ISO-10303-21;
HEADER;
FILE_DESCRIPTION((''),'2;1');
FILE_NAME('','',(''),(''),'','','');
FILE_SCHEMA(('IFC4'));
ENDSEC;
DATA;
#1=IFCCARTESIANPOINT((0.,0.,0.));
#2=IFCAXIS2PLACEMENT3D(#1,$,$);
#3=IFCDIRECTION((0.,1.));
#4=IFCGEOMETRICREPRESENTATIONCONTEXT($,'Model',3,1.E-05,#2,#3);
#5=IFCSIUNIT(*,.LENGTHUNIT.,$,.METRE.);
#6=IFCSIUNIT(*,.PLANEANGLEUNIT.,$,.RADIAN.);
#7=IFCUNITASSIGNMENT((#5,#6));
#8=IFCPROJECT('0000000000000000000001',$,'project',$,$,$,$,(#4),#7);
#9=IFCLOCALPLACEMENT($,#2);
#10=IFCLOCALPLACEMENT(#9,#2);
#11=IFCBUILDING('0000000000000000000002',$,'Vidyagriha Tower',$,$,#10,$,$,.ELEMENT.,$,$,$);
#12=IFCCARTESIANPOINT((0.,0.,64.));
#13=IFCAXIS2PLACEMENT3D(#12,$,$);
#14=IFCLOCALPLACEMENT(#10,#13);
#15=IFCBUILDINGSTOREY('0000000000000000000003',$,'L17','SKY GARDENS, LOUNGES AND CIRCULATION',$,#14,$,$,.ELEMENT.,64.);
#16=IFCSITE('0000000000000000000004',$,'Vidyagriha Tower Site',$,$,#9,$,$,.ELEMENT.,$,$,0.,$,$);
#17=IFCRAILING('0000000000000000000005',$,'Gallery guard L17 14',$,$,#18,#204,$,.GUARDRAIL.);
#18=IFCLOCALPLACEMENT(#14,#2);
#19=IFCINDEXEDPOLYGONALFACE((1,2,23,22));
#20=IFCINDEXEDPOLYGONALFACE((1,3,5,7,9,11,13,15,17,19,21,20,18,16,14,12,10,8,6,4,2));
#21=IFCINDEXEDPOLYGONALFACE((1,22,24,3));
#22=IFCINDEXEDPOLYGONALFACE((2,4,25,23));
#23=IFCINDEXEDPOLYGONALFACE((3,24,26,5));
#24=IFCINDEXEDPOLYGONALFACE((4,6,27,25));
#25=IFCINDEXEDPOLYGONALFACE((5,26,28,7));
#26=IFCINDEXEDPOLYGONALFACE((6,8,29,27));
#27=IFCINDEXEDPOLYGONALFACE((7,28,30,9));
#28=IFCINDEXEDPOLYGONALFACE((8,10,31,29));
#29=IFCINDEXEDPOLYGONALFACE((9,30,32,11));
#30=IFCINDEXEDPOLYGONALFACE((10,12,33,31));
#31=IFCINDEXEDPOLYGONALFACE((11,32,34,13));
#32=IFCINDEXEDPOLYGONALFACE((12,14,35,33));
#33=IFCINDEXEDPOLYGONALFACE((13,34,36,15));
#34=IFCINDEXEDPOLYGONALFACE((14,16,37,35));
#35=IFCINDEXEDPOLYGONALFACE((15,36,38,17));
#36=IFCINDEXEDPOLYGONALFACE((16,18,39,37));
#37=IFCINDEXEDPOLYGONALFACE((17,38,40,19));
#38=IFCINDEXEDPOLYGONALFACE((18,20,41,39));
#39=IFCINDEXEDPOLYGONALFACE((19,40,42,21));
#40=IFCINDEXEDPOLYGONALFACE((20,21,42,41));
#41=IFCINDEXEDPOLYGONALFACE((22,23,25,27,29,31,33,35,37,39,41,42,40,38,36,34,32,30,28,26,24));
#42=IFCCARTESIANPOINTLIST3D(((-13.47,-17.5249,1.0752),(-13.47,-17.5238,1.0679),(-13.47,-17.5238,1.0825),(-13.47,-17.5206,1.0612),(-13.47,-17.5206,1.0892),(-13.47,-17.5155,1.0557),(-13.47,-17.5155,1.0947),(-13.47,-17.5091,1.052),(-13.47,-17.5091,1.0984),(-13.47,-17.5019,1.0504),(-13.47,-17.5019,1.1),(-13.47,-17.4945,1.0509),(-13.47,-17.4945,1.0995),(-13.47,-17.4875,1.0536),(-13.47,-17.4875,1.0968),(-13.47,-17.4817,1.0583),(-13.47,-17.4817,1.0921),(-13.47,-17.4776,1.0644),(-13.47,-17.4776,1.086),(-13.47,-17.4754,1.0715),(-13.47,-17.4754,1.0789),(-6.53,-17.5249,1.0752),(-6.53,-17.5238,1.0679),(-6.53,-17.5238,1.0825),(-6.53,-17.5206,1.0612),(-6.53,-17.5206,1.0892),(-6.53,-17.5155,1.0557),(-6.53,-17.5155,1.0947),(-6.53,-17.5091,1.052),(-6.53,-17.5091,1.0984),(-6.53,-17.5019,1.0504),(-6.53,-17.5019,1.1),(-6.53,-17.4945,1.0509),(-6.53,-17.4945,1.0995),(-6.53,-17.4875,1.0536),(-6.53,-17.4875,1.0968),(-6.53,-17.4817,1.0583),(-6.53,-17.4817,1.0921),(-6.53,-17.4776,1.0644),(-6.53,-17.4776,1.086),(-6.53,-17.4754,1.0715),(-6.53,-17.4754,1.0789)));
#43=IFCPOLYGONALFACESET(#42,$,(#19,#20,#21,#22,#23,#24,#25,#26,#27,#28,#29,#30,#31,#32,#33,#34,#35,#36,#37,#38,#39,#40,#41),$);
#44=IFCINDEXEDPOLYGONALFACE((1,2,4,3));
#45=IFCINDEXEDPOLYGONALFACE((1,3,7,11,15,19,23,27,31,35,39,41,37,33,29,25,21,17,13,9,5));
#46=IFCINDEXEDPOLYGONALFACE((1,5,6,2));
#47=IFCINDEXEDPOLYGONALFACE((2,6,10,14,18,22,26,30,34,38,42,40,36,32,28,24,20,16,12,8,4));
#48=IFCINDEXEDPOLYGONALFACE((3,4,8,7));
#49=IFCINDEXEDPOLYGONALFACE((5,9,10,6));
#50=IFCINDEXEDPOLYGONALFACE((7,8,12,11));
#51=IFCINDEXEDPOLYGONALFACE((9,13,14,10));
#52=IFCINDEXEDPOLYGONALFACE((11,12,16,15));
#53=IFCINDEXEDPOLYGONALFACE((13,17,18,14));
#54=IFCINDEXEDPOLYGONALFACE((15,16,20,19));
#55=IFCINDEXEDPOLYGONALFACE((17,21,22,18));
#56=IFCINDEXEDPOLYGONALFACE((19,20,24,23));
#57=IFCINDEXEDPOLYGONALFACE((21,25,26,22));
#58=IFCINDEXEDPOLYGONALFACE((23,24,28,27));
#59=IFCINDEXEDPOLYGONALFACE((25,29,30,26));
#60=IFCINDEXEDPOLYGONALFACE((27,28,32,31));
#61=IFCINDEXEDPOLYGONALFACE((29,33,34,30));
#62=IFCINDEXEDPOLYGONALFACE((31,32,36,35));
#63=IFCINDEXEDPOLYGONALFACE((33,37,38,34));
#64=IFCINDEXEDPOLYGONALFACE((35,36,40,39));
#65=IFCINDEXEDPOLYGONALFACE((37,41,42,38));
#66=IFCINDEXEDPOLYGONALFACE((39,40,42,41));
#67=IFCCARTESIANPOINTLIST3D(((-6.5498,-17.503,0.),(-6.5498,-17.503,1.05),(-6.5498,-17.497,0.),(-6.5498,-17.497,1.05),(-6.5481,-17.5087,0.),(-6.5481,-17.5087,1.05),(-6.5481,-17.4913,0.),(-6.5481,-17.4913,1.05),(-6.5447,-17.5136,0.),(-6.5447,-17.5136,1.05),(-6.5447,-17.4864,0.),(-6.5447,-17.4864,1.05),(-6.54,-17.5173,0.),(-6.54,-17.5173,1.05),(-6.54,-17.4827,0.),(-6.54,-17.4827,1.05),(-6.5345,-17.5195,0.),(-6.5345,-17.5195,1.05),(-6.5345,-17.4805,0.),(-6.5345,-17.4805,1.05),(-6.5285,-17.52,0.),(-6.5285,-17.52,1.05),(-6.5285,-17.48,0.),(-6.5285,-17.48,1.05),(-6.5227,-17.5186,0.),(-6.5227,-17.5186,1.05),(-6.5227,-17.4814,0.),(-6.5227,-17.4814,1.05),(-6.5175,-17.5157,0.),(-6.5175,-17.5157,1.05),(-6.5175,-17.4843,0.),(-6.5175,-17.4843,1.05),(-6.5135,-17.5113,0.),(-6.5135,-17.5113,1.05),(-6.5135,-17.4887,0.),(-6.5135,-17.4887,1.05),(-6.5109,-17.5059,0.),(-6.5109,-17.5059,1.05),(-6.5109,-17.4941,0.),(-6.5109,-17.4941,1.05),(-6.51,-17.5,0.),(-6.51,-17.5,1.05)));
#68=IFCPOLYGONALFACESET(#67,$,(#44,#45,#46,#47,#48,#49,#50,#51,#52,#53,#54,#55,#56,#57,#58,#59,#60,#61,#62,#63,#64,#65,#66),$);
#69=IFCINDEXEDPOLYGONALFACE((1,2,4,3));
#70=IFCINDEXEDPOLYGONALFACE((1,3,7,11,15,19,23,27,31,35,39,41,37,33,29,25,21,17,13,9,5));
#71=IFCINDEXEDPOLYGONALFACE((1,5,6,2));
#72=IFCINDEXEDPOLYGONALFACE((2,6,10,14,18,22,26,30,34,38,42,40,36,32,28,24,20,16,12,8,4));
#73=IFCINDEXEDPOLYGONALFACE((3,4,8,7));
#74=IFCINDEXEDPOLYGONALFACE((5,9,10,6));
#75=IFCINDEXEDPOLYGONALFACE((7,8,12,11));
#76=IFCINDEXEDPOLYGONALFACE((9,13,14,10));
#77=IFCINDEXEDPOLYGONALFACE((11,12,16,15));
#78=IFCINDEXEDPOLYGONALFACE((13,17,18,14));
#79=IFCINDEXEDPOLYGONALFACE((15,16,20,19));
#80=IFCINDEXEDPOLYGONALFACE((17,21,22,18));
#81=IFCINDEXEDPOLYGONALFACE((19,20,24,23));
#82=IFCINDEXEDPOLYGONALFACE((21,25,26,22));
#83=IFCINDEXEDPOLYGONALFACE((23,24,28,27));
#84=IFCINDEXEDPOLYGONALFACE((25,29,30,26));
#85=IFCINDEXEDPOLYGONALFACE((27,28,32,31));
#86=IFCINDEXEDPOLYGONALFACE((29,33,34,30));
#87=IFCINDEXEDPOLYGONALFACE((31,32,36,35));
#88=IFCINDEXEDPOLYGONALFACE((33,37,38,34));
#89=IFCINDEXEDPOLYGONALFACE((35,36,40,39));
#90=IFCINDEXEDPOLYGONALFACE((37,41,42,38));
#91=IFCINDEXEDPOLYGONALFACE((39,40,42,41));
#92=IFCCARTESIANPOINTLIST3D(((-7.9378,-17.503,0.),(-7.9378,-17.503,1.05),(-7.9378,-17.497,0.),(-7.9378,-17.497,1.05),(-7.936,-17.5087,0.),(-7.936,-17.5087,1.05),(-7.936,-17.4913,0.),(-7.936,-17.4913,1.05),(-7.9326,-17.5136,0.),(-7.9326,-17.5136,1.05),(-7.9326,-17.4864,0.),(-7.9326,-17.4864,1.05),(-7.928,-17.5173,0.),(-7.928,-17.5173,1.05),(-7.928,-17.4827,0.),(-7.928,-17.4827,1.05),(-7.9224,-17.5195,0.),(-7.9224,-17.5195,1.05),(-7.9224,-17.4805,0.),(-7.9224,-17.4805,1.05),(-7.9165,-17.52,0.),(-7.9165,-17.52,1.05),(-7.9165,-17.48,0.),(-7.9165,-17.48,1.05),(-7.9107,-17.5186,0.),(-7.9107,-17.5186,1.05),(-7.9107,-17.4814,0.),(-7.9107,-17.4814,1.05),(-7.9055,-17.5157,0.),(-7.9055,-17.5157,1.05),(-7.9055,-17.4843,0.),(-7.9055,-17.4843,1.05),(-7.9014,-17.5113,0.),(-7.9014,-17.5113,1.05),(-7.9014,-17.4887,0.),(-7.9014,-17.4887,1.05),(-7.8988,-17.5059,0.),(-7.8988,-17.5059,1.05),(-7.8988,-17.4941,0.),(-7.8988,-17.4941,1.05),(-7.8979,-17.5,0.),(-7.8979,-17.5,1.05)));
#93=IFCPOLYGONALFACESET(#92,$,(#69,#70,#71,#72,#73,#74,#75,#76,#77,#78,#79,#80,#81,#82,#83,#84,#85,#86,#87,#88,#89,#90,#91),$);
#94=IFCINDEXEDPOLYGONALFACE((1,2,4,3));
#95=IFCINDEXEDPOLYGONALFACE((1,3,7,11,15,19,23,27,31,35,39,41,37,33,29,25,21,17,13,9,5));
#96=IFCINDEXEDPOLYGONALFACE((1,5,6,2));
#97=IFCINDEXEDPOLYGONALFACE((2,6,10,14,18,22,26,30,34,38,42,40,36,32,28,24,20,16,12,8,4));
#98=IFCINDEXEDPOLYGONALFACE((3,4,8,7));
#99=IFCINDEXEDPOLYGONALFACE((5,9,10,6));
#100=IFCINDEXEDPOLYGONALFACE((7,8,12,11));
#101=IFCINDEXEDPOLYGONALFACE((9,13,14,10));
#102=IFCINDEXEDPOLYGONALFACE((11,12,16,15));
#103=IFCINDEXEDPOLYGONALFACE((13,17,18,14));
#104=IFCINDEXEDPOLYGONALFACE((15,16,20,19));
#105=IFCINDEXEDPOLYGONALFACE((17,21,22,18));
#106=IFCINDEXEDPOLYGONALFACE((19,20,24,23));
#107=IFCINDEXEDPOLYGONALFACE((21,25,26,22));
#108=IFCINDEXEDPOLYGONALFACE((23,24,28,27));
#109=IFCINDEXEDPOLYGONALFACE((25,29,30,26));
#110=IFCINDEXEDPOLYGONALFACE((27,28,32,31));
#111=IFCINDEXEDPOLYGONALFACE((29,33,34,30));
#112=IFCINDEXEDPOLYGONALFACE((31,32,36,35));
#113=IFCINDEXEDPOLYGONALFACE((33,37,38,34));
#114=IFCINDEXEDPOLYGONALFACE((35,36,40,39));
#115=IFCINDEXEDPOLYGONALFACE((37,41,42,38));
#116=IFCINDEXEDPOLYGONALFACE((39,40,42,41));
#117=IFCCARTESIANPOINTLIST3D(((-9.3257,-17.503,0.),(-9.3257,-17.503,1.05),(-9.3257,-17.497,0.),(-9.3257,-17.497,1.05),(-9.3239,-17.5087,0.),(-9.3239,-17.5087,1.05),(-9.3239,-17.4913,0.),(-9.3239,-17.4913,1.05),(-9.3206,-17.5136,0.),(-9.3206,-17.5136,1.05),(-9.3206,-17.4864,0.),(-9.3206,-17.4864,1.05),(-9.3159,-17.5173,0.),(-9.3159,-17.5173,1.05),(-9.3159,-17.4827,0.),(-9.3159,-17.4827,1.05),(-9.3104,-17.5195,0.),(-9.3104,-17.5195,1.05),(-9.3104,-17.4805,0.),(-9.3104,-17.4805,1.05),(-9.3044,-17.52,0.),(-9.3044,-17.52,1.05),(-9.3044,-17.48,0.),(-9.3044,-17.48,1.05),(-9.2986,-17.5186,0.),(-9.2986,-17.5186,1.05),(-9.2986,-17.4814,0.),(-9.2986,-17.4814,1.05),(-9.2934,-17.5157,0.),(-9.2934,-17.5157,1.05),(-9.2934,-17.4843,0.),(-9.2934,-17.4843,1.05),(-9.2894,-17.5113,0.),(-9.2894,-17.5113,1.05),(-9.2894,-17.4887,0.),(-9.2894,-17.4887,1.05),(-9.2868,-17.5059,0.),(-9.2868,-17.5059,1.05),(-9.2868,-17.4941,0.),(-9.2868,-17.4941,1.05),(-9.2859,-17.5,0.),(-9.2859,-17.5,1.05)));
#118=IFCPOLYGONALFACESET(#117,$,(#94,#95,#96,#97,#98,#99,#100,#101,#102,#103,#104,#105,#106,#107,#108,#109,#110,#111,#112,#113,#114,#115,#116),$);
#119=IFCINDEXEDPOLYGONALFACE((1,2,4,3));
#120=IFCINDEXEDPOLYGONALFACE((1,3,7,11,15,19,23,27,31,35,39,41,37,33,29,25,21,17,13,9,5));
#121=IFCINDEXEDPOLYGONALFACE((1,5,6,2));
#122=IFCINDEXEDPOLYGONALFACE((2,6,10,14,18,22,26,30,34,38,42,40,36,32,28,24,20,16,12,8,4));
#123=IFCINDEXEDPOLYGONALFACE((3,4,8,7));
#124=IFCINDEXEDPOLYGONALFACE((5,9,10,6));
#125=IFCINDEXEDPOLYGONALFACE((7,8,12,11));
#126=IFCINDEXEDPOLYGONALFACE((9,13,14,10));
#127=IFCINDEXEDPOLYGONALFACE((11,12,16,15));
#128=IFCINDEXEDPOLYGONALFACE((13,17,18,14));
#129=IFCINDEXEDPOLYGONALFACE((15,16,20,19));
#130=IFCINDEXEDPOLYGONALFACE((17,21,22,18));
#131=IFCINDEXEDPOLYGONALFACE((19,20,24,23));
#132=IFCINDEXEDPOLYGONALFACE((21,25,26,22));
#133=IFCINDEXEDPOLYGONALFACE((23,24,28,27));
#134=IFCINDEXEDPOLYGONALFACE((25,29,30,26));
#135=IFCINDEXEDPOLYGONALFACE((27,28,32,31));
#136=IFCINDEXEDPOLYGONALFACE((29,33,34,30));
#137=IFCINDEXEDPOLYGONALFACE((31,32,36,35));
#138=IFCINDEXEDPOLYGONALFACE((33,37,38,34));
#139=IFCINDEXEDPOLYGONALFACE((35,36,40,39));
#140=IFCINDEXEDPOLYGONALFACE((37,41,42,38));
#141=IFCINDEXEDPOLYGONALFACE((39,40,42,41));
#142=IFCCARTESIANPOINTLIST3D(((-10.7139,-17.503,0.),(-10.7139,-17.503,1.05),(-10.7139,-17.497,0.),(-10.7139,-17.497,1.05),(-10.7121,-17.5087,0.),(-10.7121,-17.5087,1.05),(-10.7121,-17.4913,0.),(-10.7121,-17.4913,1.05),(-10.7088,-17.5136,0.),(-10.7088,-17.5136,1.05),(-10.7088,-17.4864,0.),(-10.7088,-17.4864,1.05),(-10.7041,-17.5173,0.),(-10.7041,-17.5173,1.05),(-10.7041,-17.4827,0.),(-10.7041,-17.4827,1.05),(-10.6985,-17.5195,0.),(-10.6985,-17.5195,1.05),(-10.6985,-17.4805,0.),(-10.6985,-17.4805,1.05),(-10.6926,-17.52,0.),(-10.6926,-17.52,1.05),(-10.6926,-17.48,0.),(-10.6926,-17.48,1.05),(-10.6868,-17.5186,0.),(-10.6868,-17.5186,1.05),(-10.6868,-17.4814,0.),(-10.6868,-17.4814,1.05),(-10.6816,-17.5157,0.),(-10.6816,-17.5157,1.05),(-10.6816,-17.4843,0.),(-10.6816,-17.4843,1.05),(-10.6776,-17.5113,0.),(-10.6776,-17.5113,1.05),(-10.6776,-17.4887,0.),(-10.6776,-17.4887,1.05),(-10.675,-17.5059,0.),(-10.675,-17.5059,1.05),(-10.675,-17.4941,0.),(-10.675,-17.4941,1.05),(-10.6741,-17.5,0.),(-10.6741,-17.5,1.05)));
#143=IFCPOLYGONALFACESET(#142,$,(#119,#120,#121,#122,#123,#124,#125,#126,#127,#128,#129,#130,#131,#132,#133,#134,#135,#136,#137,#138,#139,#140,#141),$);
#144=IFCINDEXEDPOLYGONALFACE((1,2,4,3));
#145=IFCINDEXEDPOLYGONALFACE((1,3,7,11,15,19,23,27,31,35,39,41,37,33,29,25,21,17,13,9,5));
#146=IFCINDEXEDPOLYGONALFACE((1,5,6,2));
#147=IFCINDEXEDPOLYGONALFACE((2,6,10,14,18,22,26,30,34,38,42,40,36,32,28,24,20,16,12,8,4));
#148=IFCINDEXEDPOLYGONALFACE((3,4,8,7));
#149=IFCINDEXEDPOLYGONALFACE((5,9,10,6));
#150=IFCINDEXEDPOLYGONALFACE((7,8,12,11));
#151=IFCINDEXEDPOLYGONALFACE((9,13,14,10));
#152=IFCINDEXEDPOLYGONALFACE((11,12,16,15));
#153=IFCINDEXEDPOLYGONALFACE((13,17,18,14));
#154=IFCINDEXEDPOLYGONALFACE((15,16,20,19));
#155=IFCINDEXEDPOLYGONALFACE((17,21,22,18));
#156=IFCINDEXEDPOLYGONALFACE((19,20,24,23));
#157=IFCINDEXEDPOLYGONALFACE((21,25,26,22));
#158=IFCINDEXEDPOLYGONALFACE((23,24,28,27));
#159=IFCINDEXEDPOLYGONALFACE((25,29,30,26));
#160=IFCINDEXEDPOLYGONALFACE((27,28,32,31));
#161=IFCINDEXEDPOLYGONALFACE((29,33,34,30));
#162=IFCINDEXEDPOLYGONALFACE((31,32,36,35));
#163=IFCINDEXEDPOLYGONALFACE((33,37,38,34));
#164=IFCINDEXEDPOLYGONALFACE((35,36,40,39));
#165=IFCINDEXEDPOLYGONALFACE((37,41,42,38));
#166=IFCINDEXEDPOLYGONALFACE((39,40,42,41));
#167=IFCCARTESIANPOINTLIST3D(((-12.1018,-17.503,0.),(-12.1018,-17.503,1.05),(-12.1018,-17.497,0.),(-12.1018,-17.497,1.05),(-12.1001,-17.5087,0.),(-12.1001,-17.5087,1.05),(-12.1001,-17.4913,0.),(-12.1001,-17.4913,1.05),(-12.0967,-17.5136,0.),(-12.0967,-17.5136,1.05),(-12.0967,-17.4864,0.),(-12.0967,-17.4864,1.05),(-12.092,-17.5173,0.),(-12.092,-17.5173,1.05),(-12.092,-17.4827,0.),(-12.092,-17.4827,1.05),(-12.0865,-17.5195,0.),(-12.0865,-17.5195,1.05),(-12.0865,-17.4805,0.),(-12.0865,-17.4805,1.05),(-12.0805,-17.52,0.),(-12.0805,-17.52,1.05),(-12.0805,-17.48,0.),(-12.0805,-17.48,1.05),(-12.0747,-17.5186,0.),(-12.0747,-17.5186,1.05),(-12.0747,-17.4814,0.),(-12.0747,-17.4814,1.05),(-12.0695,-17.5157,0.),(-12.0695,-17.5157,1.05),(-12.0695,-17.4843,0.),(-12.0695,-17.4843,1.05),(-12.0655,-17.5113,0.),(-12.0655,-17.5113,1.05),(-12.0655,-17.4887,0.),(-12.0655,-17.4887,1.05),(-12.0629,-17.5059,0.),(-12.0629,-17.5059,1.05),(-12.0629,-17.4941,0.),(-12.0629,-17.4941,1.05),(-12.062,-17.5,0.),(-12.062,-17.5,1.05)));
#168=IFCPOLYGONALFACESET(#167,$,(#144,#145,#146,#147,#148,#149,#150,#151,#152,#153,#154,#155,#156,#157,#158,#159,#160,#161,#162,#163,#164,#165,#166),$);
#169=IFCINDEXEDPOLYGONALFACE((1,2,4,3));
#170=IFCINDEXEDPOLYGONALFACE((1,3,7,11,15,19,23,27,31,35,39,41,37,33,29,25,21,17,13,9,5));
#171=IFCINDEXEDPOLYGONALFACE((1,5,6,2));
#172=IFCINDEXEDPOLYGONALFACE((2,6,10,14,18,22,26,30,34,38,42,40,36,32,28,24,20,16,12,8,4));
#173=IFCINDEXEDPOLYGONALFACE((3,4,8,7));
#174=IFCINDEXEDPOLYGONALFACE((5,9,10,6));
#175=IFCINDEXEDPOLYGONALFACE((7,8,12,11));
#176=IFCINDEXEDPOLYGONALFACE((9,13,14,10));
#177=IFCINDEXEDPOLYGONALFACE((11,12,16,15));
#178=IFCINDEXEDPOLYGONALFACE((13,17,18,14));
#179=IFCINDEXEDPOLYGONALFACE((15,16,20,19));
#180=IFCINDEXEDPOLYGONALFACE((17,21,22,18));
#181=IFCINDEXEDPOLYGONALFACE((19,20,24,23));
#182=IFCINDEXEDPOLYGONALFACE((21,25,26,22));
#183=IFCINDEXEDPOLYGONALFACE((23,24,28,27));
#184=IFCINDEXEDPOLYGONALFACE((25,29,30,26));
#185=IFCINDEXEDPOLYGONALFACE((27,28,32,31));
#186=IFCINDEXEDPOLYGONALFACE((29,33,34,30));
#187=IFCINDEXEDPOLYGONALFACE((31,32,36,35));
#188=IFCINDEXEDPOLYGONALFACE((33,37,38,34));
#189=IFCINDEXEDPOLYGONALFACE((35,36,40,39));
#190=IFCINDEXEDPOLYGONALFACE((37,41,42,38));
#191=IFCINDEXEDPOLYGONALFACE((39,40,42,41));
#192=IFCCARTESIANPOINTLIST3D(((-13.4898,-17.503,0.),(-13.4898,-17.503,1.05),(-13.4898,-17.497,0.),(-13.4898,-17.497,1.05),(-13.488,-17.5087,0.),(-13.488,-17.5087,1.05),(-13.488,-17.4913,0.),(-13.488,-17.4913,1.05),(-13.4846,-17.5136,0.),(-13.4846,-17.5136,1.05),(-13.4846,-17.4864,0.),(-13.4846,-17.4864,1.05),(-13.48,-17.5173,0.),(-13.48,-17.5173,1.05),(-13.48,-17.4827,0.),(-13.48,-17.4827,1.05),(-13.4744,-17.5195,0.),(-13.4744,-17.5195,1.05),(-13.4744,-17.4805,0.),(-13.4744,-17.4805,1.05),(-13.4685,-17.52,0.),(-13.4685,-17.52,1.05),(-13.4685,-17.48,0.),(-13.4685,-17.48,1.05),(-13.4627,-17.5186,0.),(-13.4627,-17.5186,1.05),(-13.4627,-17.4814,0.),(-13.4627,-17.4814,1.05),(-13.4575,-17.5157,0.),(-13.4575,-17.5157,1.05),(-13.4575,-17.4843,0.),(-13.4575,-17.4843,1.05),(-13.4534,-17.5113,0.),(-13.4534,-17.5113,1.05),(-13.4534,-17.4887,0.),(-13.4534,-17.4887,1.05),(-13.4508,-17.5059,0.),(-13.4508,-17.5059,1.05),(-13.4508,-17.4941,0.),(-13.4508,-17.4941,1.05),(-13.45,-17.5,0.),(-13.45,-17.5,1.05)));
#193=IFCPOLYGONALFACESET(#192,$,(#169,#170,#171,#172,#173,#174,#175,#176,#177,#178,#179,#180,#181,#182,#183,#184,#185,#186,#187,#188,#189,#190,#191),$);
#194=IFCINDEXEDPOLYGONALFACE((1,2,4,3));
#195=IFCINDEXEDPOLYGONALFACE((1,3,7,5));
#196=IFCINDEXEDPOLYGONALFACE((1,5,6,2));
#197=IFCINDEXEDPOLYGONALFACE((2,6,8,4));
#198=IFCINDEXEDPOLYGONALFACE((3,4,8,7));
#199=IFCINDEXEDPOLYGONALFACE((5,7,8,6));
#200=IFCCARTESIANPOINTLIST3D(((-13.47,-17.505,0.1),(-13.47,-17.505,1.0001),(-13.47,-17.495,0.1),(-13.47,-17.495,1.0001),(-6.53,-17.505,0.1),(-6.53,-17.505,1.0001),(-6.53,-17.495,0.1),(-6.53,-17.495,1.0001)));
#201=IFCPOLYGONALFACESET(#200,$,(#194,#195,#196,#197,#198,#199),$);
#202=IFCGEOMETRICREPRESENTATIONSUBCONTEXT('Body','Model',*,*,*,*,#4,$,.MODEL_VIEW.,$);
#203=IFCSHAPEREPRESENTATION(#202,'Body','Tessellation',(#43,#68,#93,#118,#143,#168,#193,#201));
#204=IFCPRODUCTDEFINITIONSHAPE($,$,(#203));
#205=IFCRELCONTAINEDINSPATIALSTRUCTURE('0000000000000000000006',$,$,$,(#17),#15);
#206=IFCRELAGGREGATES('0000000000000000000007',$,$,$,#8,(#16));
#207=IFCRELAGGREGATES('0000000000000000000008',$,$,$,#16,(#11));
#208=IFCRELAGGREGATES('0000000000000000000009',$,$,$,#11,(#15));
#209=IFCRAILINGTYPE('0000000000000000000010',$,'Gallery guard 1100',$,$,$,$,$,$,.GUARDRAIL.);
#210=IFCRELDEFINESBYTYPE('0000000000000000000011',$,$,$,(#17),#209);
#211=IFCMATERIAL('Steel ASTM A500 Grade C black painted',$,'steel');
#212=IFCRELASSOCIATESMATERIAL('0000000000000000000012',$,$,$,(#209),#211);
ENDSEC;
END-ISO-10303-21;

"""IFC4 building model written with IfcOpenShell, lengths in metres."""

from ifc_helpers import new_model, si_unit, direction, frame, origin, origin_2d, place, context, subcontext, project, spatial, rectangle, circle, extrude, material, type_object, element, save


model = new_model("IFC4")

# Units and contexts
model_context = context("Model", 3, precision=1e-05, world=origin(), true_north=direction((0.0, 1.0)))
body_context = subcontext(model_context, "Body", "Model", "MODEL_VIEW")
ifc_project = project(units=[si_unit("LENGTHUNIT", "METRE"), si_unit("PLANEANGLEUNIT", "RADIAN")], contexts=[model_context])

# Site, building, storey
site_placement = place(None, origin())
site = spatial("IfcSite", under=ifc_project, at=site_placement, Name="Vidyagriha Tower Site", CompositionType="ELEMENT", RefElevation=0.0)
building_placement = place(site_placement, origin())
building = spatial("IfcBuilding", under=site, at=building_placement, Name="Vidyagriha Tower", CompositionType="ELEMENT")
storey_placement = place(building_placement, frame((0.0, 0.0, 64.0)))
storey = spatial("IfcBuildingStorey", under=building, at=storey_placement, Name="L17", Description="SKY GARDENS, LOUNGES AND CIRCULATION", CompositionType="ELEMENT", Elevation=64.0)

# Railing
ifc_material_1 = material(Name="Steel ASTM A500 Grade C black painted", Category="steel")
railing_type = type_object("IfcRailingType", Name="Gallery guard 1100", PredefinedType="GUARDRAIL", material=ifc_material_1)
railing_placement = place(storey_placement, frame((-6.53, -17.5, 0.0)))
element("IfcRailing", 1, at=railing_placement, inside=storey, type_object=railing_type, Name="Gallery guard L17 14", PredefinedType="GUARDRAIL", context=body_context, shape_type="SweptSolid", body=[
    extrude(circle(Radius=0.0249, at=origin_2d()), frame((0.0, 0.0, 1.0752), z_axis=(-1.0, 0.0, 0.0), x_axis=(0.0, -1.0, 0.0)), (0.0, 0.0, 1.0), 6.9399),
    extrude(circle(Radius=0.02, at=origin_2d()), origin(), (0.0, 0.0, 1.0), 1.05),
    extrude(circle(Radius=0.02, at=origin_2d()), frame((-1.3879, 0.0, 0.0)), (0.0, 0.0, 1.0), 1.05),
    extrude(circle(Radius=0.02, at=origin_2d()), frame((-2.7759, 0.0, 0.0)), (0.0, 0.0, 1.0), 1.05),
    extrude(circle(Radius=0.02, at=origin_2d()), frame((-4.1641, 0.0, 0.0)), (0.0, 0.0, 1.0), 1.05),
    extrude(circle(Radius=0.02, at=origin_2d()), frame((-5.552, 0.0, 0.0)), (0.0, 0.0, 1.0), 1.05),
    extrude(circle(Radius=0.02, at=origin_2d()), frame((-6.9399, 0.0, 0.0)), (0.0, 0.0, 1.0), 1.05),
    extrude(rectangle(XDim=0.01, YDim=0.9001, at=origin_2d()), frame((0.0, 0.0, 0.55), z_axis=(-1.0, 0.0, 0.0), x_axis=(0.0, -1.0, 0.0)), (0.0, 0.0, 1.0), 6.9399),
])

save(model, "model.ifc")
